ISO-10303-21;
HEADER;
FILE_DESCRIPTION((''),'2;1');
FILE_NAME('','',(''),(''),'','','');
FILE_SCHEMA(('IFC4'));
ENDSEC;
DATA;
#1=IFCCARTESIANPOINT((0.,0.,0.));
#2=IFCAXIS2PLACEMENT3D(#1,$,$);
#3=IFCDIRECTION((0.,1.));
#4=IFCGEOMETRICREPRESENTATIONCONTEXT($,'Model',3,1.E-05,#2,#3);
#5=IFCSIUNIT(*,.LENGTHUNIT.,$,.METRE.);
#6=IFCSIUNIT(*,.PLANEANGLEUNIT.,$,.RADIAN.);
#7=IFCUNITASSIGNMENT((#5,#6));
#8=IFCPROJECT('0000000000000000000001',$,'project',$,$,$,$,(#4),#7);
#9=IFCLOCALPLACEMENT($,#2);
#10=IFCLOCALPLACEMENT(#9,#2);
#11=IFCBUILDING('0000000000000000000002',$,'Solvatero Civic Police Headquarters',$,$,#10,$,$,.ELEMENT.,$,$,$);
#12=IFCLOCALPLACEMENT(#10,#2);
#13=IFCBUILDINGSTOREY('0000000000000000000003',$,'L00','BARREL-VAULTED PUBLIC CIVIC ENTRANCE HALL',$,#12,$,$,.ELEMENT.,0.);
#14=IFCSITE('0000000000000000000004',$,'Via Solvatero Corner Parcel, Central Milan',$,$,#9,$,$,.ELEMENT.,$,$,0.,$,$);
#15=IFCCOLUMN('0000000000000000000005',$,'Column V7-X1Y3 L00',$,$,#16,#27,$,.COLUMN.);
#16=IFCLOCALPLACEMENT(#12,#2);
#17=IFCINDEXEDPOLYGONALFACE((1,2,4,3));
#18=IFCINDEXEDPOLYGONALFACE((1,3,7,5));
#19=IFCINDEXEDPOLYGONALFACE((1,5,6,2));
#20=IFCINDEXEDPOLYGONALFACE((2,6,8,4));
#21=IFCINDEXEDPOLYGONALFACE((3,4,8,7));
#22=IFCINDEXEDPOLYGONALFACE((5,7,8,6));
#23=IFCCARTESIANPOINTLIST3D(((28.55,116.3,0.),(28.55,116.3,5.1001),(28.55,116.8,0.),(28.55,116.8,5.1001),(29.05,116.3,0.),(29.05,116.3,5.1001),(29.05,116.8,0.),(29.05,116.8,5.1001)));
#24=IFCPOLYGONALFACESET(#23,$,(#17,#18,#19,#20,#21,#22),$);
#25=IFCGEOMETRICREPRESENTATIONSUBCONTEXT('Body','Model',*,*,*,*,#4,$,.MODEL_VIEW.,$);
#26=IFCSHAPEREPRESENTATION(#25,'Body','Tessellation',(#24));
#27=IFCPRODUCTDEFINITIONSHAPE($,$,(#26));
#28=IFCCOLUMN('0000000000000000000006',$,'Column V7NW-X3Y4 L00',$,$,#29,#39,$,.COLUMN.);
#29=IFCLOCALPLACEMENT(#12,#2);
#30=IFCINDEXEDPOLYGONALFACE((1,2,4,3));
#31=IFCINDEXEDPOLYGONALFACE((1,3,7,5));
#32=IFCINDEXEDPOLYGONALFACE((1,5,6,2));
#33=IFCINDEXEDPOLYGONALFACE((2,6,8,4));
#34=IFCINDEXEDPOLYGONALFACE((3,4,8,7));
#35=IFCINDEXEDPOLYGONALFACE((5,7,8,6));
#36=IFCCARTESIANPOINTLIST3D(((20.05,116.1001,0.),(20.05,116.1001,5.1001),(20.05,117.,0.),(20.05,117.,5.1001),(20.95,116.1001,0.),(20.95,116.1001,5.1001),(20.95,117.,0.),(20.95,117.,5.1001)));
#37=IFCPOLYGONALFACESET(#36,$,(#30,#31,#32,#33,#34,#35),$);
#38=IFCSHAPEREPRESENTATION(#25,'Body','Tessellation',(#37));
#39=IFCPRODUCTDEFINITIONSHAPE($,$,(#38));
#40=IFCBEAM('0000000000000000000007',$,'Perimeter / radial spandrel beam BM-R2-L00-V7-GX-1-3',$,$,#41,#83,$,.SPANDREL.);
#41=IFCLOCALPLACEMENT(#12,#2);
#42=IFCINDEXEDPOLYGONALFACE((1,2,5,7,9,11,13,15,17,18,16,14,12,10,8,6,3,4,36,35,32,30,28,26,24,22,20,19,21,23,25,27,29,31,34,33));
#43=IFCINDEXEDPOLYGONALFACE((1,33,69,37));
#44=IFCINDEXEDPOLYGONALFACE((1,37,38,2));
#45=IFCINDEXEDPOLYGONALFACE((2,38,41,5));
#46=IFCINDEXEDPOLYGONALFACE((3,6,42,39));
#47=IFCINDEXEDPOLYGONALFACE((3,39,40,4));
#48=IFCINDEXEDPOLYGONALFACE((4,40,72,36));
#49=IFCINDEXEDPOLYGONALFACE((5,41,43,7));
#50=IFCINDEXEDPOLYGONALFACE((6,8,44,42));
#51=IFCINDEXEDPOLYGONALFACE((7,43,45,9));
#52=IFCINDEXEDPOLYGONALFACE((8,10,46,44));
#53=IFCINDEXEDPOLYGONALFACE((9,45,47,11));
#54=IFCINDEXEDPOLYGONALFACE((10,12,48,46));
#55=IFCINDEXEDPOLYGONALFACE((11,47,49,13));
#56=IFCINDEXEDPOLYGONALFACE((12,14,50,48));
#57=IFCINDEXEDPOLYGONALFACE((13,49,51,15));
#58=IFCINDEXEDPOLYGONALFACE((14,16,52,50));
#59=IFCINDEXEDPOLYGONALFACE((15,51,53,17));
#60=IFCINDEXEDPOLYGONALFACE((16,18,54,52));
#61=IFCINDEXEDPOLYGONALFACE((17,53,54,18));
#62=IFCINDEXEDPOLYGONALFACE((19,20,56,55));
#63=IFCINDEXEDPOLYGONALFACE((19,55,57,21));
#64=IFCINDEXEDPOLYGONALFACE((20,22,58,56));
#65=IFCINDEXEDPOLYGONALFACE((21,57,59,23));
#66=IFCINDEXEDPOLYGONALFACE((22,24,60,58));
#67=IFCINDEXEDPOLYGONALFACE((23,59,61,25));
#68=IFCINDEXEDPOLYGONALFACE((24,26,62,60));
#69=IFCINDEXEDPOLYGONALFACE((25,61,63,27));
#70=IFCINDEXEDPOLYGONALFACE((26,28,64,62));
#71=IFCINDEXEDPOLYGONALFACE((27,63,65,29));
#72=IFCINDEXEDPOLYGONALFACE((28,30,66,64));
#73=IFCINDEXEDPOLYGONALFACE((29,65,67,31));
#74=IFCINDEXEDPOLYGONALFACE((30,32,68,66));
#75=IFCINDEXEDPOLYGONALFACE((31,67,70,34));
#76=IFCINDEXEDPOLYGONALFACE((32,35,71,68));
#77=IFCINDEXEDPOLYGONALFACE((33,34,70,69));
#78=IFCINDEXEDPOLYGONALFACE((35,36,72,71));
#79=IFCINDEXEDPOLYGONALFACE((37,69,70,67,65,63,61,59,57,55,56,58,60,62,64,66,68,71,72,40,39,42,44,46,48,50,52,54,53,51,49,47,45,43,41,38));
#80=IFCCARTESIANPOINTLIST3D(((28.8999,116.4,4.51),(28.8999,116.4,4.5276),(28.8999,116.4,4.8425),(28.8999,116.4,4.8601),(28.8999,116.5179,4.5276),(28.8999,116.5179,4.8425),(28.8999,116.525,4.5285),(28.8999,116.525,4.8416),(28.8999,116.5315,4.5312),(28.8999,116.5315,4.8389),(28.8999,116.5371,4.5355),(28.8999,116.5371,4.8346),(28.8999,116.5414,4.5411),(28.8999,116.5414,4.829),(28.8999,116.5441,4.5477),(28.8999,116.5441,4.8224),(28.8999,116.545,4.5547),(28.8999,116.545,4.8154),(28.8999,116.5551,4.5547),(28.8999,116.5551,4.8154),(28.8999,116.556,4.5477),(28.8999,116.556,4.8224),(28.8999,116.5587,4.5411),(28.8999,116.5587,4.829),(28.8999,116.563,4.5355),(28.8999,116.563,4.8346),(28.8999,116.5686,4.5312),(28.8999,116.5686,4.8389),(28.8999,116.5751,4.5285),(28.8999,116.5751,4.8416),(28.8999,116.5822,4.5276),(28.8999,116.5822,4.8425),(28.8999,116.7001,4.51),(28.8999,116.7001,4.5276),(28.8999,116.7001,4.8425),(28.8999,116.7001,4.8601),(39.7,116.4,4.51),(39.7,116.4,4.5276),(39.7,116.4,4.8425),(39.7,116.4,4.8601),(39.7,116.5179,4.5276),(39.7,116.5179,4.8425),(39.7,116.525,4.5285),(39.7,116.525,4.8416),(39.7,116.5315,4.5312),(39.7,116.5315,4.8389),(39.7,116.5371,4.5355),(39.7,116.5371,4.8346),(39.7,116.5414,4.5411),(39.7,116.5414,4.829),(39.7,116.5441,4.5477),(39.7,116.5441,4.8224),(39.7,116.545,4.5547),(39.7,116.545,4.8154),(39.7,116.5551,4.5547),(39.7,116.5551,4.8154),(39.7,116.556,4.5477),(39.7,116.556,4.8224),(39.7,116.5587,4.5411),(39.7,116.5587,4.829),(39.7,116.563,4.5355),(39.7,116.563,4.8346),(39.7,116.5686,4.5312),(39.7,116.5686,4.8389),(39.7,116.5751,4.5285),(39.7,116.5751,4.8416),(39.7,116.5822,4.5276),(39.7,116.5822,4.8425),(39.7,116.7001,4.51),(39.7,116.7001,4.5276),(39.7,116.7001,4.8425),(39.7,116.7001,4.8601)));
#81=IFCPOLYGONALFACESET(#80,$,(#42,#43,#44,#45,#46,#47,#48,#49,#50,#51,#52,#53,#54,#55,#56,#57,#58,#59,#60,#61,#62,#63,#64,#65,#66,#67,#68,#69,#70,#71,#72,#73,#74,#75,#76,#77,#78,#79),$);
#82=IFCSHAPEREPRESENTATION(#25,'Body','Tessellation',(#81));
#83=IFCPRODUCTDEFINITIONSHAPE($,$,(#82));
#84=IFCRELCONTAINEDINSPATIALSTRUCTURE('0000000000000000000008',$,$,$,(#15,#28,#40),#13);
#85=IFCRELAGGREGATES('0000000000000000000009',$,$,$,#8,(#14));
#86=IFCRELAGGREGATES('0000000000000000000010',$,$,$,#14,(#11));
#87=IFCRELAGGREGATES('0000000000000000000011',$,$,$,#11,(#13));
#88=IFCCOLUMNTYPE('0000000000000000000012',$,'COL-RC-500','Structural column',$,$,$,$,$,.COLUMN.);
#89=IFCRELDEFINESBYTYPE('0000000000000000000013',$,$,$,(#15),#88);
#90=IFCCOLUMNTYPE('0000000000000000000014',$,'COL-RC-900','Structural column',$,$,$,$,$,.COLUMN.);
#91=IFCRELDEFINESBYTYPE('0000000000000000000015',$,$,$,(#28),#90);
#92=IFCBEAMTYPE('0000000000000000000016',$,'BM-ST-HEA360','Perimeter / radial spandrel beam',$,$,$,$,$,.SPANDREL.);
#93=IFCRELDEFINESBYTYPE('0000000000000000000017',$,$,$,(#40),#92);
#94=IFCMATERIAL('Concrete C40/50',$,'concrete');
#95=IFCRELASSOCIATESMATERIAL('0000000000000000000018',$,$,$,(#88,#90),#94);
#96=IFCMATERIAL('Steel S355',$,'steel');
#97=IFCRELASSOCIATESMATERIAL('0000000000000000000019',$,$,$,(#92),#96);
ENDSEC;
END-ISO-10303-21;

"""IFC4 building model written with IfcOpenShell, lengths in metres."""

from ifc_helpers import new_model, si_unit, direction, frame, origin, origin_2d, place, context, subcontext, project, spatial, rectangle, i_section, extrude, material, material_profile, profile_set, type_object, element, save


model = new_model("IFC4")

# Units and contexts
model_context = context("Model", 3, precision=1e-05, world=origin(), true_north=direction((0.0, 1.0)))
body_context = subcontext(model_context, "Body", "Model", "MODEL_VIEW")
ifc_project = project(units=[si_unit("LENGTHUNIT", "METRE"), si_unit("PLANEANGLEUNIT", "RADIAN")], contexts=[model_context])

# Site, building, storey
site_placement = place(None, origin())
site = spatial("IfcSite", under=ifc_project, at=site_placement, Name="Via Solvatero Corner Parcel, Central Milan", CompositionType="ELEMENT", RefElevation=0.0)
building_placement = place(site_placement, origin())
building = spatial("IfcBuilding", under=site, at=building_placement, Name="Solvatero Civic Police Headquarters", CompositionType="ELEMENT")
storey_placement = place(building_placement, origin())
storey = spatial("IfcBuildingStorey", under=building, at=storey_placement, Name="L00", Description="BARREL-VAULTED PUBLIC CIVIC ENTRANCE HALL", CompositionType="ELEMENT", Elevation=0.0)

# Columns
ifc_material_1 = material(Name="Concrete C40/50", Category="concrete")
ifc_material_profile_1 = material_profile(ifc_material_1, rectangle(XDim=0.5, YDim=0.5, at=origin_2d()), Name="RC 500x500")
ifc_profile_set_1 = profile_set([ifc_material_profile_1], Name="Concrete C40/50")
column_type_1 = type_object("IfcColumnType", Name="COL-RC-500", Description="Structural column", PredefinedType="COLUMN", material=ifc_profile_set_1)
column_1_placement = place(storey_placement, frame((28.8, 116.55, 0.0), z_axis=(0.0, 0.0, 1.0), x_axis=(1.0, 0.0, 0.0)))
element("IfcColumn", 1, at=column_1_placement, inside=storey, type_object=column_type_1, Name="Column V7-X1Y3 L00", PredefinedType="COLUMN", context=body_context, shape_type="SweptSolid", body=[
    extrude(rectangle(XDim=0.5, YDim=0.5, at=origin_2d()), origin(), (0.0, 0.0, 1.0), 5.1001),
])
ifc_material_profile_2 = material_profile(ifc_material_1, rectangle(XDim=0.8999, YDim=0.8999, at=origin_2d()), Name="RC 900x900")
ifc_profile_set_2 = profile_set([ifc_material_profile_2], Name="Concrete C40/50")
column_type_2 = type_object("IfcColumnType", Name="COL-RC-900", Description="Structural column", PredefinedType="COLUMN", material=ifc_profile_set_2)
column_2_placement = place(storey_placement, frame((20.5, 116.55, 0.0), z_axis=(0.0, 0.0, 1.0), x_axis=(1.0, 0.0, 0.0)))
element("IfcColumn", 2, at=column_2_placement, inside=storey, type_object=column_type_2, Name="Column V7NW-X3Y4 L00", PredefinedType="COLUMN", context=body_context, shape_type="SweptSolid", body=[
    extrude(rectangle(XDim=0.8999, YDim=0.8999, at=origin_2d()), origin(), (0.0, 0.0, 1.0), 5.1001),
])

# Beam
ifc_material_2 = material(Name="Steel S355", Category="steel")
ifc_material_profile_3 = material_profile(ifc_material_2, i_section(OverallWidth=0.3, OverallDepth=0.3501, WebThickness=0.01, FlangeThickness=0.0176, FilletRadius=0.0271, at=origin_2d()), Name="HEA 360")
ifc_profile_set_3 = profile_set([ifc_material_profile_3], Name="Steel S355")
beam_type = type_object("IfcBeamType", Name="BM-ST-HEA360", Description="Perimeter / radial spandrel beam", PredefinedType="SPANDREL", material=ifc_profile_set_3)
beam_placement = place(storey_placement, frame((28.8999, 116.55, 4.6851), z_axis=(1.0, 0.0, 0.0), x_axis=(0.0, 1.0, 0.0)))
element("IfcBeam", 3, at=beam_placement, inside=storey, type_object=beam_type, Name="Perimeter / radial spandrel beam BM-R2-L00-V7-GX-1-3", PredefinedType="SPANDREL", context=body_context, shape_type="SweptSolid", body=[
    extrude(i_section(OverallWidth=0.3, OverallDepth=0.3501, WebThickness=0.01, FlangeThickness=0.0176, FilletRadius=0.0271, at=origin_2d()), origin(), (0.0, 0.0, 1.0), 10.8),
])

save(model, "model.ifc")
